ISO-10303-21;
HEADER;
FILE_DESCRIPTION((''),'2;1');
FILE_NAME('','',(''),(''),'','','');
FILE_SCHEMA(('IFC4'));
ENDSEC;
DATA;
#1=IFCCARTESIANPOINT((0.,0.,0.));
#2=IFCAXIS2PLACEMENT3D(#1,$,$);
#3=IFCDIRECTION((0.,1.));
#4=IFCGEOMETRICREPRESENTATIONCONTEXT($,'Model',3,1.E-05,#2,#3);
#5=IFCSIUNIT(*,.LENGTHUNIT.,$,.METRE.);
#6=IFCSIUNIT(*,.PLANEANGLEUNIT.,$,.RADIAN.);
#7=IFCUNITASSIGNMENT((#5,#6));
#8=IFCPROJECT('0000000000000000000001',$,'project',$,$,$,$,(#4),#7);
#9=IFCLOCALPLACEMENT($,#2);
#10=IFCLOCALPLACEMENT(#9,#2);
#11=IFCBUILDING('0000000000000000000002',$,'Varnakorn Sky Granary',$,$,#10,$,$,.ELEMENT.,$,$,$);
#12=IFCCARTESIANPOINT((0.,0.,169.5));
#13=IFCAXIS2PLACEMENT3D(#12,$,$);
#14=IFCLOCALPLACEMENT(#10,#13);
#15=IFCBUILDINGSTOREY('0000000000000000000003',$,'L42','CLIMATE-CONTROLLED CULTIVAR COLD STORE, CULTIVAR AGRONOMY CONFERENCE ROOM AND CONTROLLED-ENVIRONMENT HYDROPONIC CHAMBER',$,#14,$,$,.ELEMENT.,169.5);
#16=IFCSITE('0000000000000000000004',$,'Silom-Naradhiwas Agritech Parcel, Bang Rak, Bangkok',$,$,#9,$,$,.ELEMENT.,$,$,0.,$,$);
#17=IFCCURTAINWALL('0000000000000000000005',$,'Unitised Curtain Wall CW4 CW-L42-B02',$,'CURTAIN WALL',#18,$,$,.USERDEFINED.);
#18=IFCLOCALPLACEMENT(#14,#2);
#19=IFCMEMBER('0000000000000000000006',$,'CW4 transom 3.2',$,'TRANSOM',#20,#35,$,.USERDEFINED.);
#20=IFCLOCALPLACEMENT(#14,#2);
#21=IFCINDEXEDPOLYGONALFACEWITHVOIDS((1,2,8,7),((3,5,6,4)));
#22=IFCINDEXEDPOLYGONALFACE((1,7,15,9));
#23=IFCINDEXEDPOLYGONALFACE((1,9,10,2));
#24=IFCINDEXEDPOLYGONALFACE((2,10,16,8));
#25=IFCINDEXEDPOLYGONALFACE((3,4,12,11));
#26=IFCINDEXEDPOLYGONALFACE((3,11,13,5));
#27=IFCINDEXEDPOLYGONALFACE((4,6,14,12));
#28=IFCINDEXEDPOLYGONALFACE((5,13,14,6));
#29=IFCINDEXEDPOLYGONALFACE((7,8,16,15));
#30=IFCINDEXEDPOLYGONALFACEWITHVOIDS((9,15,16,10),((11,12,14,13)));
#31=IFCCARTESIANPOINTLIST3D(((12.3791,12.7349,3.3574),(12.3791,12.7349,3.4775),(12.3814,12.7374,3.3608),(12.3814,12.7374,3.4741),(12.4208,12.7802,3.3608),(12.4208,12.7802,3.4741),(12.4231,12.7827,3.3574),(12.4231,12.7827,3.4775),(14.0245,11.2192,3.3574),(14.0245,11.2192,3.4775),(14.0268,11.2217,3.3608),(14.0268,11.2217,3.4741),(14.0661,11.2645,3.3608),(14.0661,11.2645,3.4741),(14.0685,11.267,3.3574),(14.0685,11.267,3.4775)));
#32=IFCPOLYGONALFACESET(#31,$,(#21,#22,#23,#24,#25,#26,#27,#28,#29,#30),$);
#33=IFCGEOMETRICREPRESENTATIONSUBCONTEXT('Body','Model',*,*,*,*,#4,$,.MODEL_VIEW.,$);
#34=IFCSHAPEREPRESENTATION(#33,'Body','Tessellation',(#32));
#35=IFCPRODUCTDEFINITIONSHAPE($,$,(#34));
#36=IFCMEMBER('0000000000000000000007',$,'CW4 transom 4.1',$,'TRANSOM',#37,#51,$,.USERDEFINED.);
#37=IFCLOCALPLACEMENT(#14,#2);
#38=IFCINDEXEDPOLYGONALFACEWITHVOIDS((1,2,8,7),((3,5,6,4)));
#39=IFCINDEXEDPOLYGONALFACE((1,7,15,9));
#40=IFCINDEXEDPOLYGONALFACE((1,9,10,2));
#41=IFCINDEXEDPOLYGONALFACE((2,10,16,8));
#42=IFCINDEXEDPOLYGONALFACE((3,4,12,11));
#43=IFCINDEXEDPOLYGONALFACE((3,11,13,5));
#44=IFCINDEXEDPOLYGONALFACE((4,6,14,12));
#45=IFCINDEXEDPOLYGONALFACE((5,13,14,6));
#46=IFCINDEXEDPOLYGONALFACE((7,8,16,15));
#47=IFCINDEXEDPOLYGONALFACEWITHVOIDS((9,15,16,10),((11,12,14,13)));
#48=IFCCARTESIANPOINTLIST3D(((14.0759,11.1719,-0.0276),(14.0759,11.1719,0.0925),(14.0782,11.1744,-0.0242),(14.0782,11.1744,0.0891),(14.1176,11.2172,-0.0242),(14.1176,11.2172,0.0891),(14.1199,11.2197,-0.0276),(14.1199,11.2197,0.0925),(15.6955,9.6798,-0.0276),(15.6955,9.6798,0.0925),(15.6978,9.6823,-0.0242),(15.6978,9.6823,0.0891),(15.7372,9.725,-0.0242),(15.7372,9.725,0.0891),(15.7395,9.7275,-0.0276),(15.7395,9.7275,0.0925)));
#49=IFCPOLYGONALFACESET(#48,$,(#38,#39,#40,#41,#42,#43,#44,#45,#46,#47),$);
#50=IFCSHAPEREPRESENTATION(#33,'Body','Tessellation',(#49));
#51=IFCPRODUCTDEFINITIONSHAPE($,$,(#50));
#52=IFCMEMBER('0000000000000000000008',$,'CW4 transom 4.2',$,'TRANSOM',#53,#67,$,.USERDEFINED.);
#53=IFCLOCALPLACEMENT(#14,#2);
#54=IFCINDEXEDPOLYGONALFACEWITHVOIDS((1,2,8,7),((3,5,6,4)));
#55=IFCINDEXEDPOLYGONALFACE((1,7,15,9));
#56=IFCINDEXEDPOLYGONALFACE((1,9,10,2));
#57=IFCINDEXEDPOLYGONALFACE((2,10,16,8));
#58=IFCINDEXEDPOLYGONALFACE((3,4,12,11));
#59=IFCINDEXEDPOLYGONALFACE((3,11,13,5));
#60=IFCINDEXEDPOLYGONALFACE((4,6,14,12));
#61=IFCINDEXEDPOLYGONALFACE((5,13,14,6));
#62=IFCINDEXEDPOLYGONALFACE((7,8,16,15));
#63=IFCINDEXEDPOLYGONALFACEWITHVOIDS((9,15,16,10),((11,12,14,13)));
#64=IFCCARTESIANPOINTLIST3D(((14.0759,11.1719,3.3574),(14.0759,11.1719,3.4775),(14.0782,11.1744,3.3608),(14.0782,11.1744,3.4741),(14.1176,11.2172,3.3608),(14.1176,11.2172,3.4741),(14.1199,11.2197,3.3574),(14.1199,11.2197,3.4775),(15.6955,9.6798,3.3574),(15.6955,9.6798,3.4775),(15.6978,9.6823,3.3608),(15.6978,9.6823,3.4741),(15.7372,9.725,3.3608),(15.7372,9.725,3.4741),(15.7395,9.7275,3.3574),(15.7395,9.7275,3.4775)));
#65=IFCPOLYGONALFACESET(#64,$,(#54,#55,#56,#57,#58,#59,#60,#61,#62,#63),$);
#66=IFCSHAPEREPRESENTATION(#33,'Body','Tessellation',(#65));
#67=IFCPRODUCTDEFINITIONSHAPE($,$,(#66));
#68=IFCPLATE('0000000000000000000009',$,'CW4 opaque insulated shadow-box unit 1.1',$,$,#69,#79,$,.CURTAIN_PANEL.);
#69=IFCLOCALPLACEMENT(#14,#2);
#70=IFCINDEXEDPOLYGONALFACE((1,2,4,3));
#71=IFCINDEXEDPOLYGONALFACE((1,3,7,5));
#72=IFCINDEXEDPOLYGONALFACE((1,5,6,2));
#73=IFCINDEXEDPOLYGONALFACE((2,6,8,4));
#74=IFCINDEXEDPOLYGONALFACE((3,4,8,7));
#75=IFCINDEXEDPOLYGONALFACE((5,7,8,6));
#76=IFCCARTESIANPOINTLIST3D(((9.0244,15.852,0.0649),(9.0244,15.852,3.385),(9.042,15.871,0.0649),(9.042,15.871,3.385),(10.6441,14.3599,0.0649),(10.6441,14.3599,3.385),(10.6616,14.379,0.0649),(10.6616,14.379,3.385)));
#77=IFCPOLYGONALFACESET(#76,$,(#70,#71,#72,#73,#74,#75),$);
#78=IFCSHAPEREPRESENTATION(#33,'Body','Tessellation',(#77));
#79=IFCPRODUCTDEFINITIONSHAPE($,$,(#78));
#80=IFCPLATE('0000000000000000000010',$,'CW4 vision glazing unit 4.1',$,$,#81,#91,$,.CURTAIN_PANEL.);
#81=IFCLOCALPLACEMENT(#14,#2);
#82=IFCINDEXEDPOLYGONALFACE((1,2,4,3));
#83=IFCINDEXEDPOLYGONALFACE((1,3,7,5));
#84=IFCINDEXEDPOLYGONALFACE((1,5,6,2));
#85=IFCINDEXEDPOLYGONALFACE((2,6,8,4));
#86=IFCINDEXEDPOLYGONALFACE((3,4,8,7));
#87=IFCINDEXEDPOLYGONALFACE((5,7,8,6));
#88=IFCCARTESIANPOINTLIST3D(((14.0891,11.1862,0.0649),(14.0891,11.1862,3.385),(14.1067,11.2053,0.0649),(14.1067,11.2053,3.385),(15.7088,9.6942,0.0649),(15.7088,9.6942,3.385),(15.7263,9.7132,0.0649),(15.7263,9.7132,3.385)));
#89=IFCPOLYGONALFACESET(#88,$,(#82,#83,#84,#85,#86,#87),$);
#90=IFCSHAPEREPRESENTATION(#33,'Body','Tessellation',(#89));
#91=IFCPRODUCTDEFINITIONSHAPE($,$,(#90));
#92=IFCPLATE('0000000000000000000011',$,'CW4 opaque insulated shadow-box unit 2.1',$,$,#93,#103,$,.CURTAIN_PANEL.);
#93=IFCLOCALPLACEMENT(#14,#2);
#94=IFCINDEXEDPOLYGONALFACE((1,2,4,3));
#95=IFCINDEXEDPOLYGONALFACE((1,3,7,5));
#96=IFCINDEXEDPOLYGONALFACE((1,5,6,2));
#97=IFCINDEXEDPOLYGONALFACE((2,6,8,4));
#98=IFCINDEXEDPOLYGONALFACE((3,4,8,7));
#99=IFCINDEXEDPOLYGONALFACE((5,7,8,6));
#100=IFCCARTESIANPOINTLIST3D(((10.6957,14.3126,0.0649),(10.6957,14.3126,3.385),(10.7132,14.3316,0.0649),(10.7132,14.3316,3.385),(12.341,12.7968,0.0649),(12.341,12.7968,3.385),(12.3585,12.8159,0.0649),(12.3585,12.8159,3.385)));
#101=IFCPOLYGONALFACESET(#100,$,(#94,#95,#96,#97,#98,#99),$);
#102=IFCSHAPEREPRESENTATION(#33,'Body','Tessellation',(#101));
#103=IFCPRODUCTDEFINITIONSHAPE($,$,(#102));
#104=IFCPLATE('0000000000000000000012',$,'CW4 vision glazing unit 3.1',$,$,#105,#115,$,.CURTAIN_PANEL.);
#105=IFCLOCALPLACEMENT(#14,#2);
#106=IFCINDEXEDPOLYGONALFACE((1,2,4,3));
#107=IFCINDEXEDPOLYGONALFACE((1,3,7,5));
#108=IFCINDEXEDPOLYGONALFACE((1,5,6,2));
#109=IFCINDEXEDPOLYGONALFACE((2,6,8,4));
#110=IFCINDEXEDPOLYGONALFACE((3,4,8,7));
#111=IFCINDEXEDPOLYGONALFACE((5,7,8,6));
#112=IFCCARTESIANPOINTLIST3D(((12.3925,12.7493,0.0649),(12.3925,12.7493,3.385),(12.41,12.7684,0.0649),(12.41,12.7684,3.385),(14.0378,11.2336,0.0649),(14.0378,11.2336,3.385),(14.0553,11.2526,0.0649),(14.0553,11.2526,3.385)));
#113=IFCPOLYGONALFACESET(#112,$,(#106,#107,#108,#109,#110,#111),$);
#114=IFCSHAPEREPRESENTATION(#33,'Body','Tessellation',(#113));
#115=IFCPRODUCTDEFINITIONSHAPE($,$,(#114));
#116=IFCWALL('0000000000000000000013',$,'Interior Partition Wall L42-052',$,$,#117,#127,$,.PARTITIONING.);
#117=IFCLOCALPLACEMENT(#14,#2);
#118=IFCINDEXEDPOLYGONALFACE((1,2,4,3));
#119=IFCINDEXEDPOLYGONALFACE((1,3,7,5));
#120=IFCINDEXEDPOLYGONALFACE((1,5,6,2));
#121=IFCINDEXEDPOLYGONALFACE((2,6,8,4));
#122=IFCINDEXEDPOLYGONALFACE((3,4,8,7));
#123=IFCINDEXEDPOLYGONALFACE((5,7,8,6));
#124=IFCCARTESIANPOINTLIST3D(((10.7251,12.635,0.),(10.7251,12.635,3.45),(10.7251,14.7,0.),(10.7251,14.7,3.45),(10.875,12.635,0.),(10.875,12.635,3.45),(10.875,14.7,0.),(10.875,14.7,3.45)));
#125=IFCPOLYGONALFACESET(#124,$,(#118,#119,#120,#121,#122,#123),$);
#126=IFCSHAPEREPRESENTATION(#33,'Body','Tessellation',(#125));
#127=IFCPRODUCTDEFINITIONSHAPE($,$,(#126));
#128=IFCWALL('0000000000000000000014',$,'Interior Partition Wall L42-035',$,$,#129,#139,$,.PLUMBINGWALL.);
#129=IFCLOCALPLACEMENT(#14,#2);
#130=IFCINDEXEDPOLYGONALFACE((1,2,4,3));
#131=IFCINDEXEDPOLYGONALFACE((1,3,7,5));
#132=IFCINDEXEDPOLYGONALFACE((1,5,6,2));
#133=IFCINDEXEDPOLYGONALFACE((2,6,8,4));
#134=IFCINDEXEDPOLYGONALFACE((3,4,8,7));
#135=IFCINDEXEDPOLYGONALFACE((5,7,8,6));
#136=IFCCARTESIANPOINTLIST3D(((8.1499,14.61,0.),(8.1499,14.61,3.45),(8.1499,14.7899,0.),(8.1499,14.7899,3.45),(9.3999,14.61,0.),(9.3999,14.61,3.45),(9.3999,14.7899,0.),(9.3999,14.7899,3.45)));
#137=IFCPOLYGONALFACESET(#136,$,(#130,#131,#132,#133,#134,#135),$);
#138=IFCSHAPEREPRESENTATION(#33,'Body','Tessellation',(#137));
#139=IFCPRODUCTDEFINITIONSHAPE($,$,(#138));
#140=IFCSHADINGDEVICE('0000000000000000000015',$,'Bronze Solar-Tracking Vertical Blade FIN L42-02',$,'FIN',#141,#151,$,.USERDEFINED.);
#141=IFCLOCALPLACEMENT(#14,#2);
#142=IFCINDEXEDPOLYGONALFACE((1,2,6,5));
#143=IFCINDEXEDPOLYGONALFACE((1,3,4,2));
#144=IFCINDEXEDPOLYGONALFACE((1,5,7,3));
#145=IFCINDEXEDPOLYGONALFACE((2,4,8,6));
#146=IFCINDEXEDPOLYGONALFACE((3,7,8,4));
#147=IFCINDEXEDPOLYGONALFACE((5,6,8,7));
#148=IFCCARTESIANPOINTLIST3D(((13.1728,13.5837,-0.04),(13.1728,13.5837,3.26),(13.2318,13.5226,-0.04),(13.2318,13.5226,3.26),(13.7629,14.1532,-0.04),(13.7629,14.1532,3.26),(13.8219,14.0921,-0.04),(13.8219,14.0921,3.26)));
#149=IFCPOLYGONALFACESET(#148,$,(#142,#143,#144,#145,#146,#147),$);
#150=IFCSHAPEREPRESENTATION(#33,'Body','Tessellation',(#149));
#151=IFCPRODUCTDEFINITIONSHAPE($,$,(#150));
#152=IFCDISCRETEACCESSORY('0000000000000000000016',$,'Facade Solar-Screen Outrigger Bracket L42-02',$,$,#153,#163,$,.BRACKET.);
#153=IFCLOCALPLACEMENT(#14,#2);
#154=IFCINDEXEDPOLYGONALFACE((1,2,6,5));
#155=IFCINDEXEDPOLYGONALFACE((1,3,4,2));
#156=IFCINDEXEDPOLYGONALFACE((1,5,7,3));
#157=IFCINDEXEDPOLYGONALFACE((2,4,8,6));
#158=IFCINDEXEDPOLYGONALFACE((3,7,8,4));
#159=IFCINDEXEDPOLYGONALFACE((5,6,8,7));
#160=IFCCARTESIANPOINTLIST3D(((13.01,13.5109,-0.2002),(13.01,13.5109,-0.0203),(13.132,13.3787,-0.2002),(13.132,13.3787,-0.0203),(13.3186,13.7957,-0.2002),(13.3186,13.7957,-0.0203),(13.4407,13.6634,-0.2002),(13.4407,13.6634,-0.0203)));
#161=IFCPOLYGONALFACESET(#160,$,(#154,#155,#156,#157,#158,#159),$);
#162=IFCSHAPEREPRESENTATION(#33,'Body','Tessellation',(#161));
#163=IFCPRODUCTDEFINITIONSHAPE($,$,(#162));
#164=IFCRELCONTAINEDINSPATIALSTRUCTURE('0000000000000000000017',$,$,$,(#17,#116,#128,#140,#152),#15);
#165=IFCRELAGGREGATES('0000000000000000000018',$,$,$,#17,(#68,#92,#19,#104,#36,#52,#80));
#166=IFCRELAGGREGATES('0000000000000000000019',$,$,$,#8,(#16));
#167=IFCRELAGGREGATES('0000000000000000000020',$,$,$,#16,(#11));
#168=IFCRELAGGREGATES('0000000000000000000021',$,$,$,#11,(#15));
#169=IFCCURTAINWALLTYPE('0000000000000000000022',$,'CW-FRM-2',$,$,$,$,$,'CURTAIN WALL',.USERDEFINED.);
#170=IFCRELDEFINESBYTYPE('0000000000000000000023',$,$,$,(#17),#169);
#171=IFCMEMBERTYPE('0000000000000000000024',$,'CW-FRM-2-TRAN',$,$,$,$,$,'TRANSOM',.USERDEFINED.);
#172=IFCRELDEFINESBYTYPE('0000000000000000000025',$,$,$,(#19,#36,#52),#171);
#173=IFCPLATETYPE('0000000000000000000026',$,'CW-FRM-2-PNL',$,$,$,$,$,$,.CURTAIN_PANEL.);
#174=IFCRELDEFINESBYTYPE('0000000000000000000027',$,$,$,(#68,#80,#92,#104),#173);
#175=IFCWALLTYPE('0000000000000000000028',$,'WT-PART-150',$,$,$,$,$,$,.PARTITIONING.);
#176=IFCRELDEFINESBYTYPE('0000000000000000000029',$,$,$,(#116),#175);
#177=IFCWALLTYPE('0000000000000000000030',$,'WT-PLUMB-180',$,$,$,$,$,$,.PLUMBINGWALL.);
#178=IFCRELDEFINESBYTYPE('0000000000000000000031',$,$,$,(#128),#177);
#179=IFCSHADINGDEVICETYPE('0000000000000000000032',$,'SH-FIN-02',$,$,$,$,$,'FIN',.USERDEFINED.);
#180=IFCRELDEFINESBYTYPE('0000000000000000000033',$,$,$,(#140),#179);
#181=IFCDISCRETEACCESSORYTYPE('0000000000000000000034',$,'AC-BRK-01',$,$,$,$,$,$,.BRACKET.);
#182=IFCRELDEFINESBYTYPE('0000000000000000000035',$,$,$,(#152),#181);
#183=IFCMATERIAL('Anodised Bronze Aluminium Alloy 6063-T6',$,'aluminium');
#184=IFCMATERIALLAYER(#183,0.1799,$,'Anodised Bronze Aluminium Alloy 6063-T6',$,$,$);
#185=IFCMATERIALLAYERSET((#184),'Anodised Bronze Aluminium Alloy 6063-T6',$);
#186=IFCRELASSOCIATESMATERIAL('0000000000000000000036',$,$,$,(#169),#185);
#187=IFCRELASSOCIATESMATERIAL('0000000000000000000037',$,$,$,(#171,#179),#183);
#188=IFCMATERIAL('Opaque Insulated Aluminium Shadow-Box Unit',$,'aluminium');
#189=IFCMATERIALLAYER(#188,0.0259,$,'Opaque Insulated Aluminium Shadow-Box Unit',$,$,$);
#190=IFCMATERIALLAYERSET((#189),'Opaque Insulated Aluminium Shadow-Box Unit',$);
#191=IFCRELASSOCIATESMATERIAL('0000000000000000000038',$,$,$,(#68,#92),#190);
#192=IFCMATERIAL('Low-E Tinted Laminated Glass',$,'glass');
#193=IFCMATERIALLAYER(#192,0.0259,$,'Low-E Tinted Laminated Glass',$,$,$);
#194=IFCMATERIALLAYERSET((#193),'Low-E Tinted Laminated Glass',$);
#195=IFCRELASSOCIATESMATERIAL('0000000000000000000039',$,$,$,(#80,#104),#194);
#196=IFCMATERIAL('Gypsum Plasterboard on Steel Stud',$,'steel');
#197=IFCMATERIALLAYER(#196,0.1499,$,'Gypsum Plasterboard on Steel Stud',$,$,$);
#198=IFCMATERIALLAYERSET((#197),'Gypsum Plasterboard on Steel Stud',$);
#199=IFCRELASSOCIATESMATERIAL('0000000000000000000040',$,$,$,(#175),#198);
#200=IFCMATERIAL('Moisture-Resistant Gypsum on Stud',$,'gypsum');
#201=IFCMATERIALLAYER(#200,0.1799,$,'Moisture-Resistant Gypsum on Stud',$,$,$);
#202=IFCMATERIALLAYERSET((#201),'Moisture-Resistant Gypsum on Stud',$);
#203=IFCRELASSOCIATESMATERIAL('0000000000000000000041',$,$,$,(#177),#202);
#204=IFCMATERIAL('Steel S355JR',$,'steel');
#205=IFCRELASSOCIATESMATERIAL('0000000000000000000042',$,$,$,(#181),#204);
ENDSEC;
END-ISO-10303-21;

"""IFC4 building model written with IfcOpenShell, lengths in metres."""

from ifc_helpers import new_model, si_unit, direction, frame, frame_2d, origin, origin_2d, place, context, subcontext, project, spatial, rectangle, hollow_rectangle, extrude, source, transform, mapped, material, layer, layer_set, material_profile, profile_set, type_object, type_shapes, element, aggregate, save


model = new_model("IFC4")

# Units and contexts
model_context = context("Model", 3, precision=1e-05, world=origin(), true_north=direction((0.0, 1.0)))
body_context = subcontext(model_context, "Body", "Model", "MODEL_VIEW")
ifc_project = project(units=[si_unit("LENGTHUNIT", "METRE"), si_unit("PLANEANGLEUNIT", "RADIAN")], contexts=[model_context])

# Site, building, storey
site_placement = place(None, origin())
site = spatial("IfcSite", under=ifc_project, at=site_placement, Name="Silom-Naradhiwas Agritech Parcel, Bang Rak, Bangkok", CompositionType="ELEMENT", RefElevation=0.0)
building_placement = place(site_placement, origin())
building = spatial("IfcBuilding", under=site, at=building_placement, Name="Varnakorn Sky Granary", CompositionType="ELEMENT")
storey_placement = place(building_placement, frame((0.0, 0.0, 169.5)))
storey = spatial("IfcBuildingStorey", under=building, at=storey_placement, Name="L42", Description="CLIMATE-CONTROLLED CULTIVAR COLD STORE, CULTIVAR AGRONOMY CONFERENCE ROOM AND CONTROLLED-ENVIRONMENT HYDROPONIC CHAMBER", CompositionType="ELEMENT", Elevation=169.5)

# Shared definitions
ifc_material_1 = material(Name="Steel S355JR", Category="steel")

# Curtain wall, members, plates
ifc_material_2 = material(Name="Anodised Bronze Aluminium Alloy 6063-T6", Category="aluminium")
ifc_layer_1 = layer(ifc_material_2, 0.1799, Name="Anodised Bronze Aluminium Alloy 6063-T6")
ifc_layer_set_1 = layer_set([ifc_layer_1], Name="Anodised Bronze Aluminium Alloy 6063-T6")
curtain_wall_type = type_object("IfcCurtainWallType", Name="CW-FRM-2", ElementType="CURTAIN WALL", PredefinedType="USERDEFINED", material=ifc_layer_set_1)
curtain_wall_placement = place(storey_placement, origin())
curtain_wall = element("IfcCurtainWall", 1, at=curtain_wall_placement, inside=storey, type_object=curtain_wall_type, Name="Unitised Curtain Wall CW4 CW-L42-B02", ObjectType="CURTAIN WALL", PredefinedType="USERDEFINED")
ifc_material_profile_1 = material_profile(ifc_material_2, hollow_rectangle(XDim=0.0649, YDim=0.1201, WallThickness=0.0034, at=origin_2d()), Name="ALU TRAN 65x120")
ifc_profile_set_1 = profile_set([ifc_material_profile_1], Name="Anodised Bronze Aluminium Alloy 6063-T6")
member_type_1 = type_object("IfcMemberType", Name="CW-FRM-2-TRAN", ElementType="TRANSOM", PredefinedType="USERDEFINED", material=ifc_profile_set_1)
member_1_placement = place(storey_placement, frame((12.4011, 12.7588, 3.4175), z_axis=(0.735489, -0.677536, 0.0), x_axis=(0.677536, 0.735489, 0.0)))
member_1 = element("IfcMember", 2, at=member_1_placement, type_object=member_type_1, Name="CW4 transom 3.2", ObjectType="TRANSOM", PredefinedType="USERDEFINED", context=body_context, shape_type="SweptSolid", body=[
    extrude(hollow_rectangle(XDim=0.0649, YDim=0.1201, WallThickness=0.0034, at=origin_2d()), origin(), (0.0, 0.0, 1.0), 2.2371),
])
member_2_placement = place(storey_placement, frame((14.0979, 11.1958, 0.0325), z_axis=(0.735449, -0.67758, 0.0), x_axis=(0.67758, 0.735449, 0.0)))
member_2 = element("IfcMember", 3, at=member_2_placement, type_object=member_type_1, Name="CW4 transom 4.1", ObjectType="TRANSOM", PredefinedType="USERDEFINED", context=body_context, shape_type="SweptSolid", body=[
    extrude(hollow_rectangle(XDim=0.0649, YDim=0.1201, WallThickness=0.0034, at=origin_2d()), origin(), (0.0, 0.0, 1.0), 2.2021),
])
member_3_placement = place(storey_placement, frame((14.0979, 11.1958, 3.4175), z_axis=(0.735449, -0.67758, 0.0), x_axis=(0.67758, 0.735449, 0.0)))
member_3 = element("IfcMember", 4, at=member_3_placement, type_object=member_type_1, Name="CW4 transom 4.2", ObjectType="TRANSOM", PredefinedType="USERDEFINED", context=body_context, shape_type="SweptSolid", body=[
    extrude(hollow_rectangle(XDim=0.0649, YDim=0.1201, WallThickness=0.0034, at=origin_2d()), origin(), (0.0, 0.0, 1.0), 2.2021),
])
ifc_material_3 = material(Name="Opaque Insulated Aluminium Shadow-Box Unit", Category="aluminium")
ifc_layer_2 = layer(ifc_material_3, 0.0259, Name="Opaque Insulated Aluminium Shadow-Box Unit")
ifc_layer_set_2 = layer_set([ifc_layer_2], Name="Opaque Insulated Aluminium Shadow-Box Unit")
plate_type = type_object("IfcPlateType", Name="CW-FRM-2-PNL", PredefinedType="CURTAIN_PANEL")
shared_shape_1 = source(origin(), body_context, "Body", "SweptSolid", [
    extrude(rectangle(XDim=2.2021, YDim=0.0259, at=origin_2d()), origin(), (0.0, 0.0, 1.0), 3.3201),
])
plate_1_placement = place(storey_placement, frame((9.843, 15.1155, 0.0649), z_axis=(0.0, 0.0, 1.0), x_axis=(0.735479, -0.677548, 0.0)))
plate_1 = element("IfcPlate", 5, at=plate_1_placement, type_object=plate_type, material=ifc_layer_set_2, Name="CW4 opaque insulated shadow-box unit 1.1", PredefinedType="CURTAIN_PANEL", context=body_context, shape_type="MappedRepresentation", body=[
    mapped(shared_shape_1, transform((0.0, 0.0, 0.0), x_axis=(1.0, 0.0, 0.0), y_axis=(0.0, 1.0, 0.0), z_axis=(0.0, 0.0, 1.0), scale=1.0)),
])
ifc_material_4 = material(Name="Low-E Tinted Laminated Glass", Category="glass")
ifc_layer_3 = layer(ifc_material_4, 0.0259, Name="Low-E Tinted Laminated Glass")
ifc_layer_set_3 = layer_set([ifc_layer_3], Name="Low-E Tinted Laminated Glass")
plate_2_placement = place(storey_placement, frame((14.9077, 10.4497, 0.0649), z_axis=(0.0, 0.0, 1.0), x_axis=(0.735479, -0.677548, 0.0)))
plate_2 = element("IfcPlate", 6, at=plate_2_placement, type_object=plate_type, material=ifc_layer_set_3, Name="CW4 vision glazing unit 4.1", PredefinedType="CURTAIN_PANEL", context=body_context, shape_type="MappedRepresentation", body=[
    mapped(shared_shape_1, transform((0.0, 0.0, 0.0), x_axis=(1.0, 0.0, 0.0), y_axis=(0.0, 1.0, 0.0), z_axis=(0.0, 0.0, 1.0), scale=1.0)),
])
shared_shape_2 = source(origin(), body_context, "Body", "SweptSolid", [
    extrude(rectangle(XDim=2.2371, YDim=0.0259, at=origin_2d()), origin(), (0.0, 0.0, 1.0), 3.3201),
])
type_shapes(plate_type, [shared_shape_1, shared_shape_2])
plate_3_placement = place(storey_placement, frame((11.5271, 13.5642, 0.0649), z_axis=(0.0, 0.0, 1.0), x_axis=(0.735479, -0.677548, 0.0)))
plate_3 = element("IfcPlate", 7, at=plate_3_placement, type_object=plate_type, material=ifc_layer_set_2, Name="CW4 opaque insulated shadow-box unit 2.1", PredefinedType="CURTAIN_PANEL", context=body_context, shape_type="MappedRepresentation", body=[
    mapped(shared_shape_2, transform((0.0, 0.0, 0.0), x_axis=(1.0, 0.0, 0.0), y_axis=(0.0, 1.0, 0.0), z_axis=(0.0, 0.0, 1.0), scale=1.0)),
])
plate_4_placement = place(storey_placement, frame((13.2239, 12.001, 0.0649), z_axis=(0.0, 0.0, 1.0), x_axis=(0.735479, -0.677548, 0.0)))
plate_4 = element("IfcPlate", 8, at=plate_4_placement, type_object=plate_type, material=ifc_layer_set_3, Name="CW4 vision glazing unit 3.1", PredefinedType="CURTAIN_PANEL", context=body_context, shape_type="MappedRepresentation", body=[
    mapped(shared_shape_2, transform((0.0, 0.0, 0.0), x_axis=(1.0, 0.0, 0.0), y_axis=(0.0, 1.0, 0.0), z_axis=(0.0, 0.0, 1.0), scale=1.0)),
])
aggregate(curtain_wall, [plate_1, plate_3, member_1, plate_4, member_2, member_3, plate_2])

# Walls
ifc_material_5 = material(Name="Gypsum Plasterboard on Steel Stud", Category="steel")
ifc_layer_4 = layer(ifc_material_5, 0.1499, Name="Gypsum Plasterboard on Steel Stud")
ifc_layer_set_4 = layer_set([ifc_layer_4], Name="Gypsum Plasterboard on Steel Stud")
wall_type_1 = type_object("IfcWallType", Name="WT-PART-150", PredefinedType="PARTITIONING", material=ifc_layer_set_4)
wall_1_placement = place(storey_placement, frame((10.8, 12.635, 0.0), z_axis=(0.0, 0.0, 1.0), x_axis=(0.0, 1.0, 0.0)))
element("IfcWall", 9, at=wall_1_placement, inside=storey, type_object=wall_type_1, Name="Interior Partition Wall L42-052", PredefinedType="PARTITIONING", context=body_context, shape_type="SweptSolid", body=[
    extrude(rectangle(XDim=2.0649, YDim=0.1499, at=frame_2d((1.0325, 0.0))), origin(), (0.0, 0.0, 1.0), 3.45),
])
ifc_material_6 = material(Name="Moisture-Resistant Gypsum on Stud", Category="gypsum")
ifc_layer_5 = layer(ifc_material_6, 0.1799, Name="Moisture-Resistant Gypsum on Stud")
ifc_layer_set_5 = layer_set([ifc_layer_5], Name="Moisture-Resistant Gypsum on Stud")
wall_type_2 = type_object("IfcWallType", Name="WT-PLUMB-180", PredefinedType="PLUMBINGWALL", material=ifc_layer_set_5)
wall_2_placement = place(storey_placement, frame((9.3999, 14.7, 0.0), z_axis=(0.0, 0.0, 1.0), x_axis=(-1.0, 0.0, 0.0)))
element("IfcWall", 10, at=wall_2_placement, inside=storey, type_object=wall_type_2, Name="Interior Partition Wall L42-035", PredefinedType="PLUMBINGWALL", context=body_context, shape_type="SweptSolid", body=[
    extrude(rectangle(XDim=1.25, YDim=0.1799, at=frame_2d((0.625, 0.0))), origin(), (0.0, 0.0, 1.0), 3.45),
])

# Shading device
shading_device_type = type_object("IfcShadingDeviceType", Name="SH-FIN-02", ElementType="FIN", PredefinedType="USERDEFINED", material=ifc_material_2)
shared_shape_3 = source(origin(), body_context, "Body", "SweptSolid", [
    extrude(rectangle(XDim=0.085, YDim=0.8201, at=origin_2d()), origin(), (0.0, 0.0, 1.0), 3.3),
])
type_shapes(shading_device_type, [shared_shape_3])
shading_device_placement = place(storey_placement, frame((13.4973, 13.8379, -0.04), z_axis=(0.0, 0.0, 1.0), x_axis=(-0.694435, 0.719555, 0.0)))
element("IfcShadingDevice", 11, at=shading_device_placement, inside=storey, type_object=shading_device_type, Name="Bronze Solar-Tracking Vertical Blade FIN L42-02", ObjectType="FIN", PredefinedType="USERDEFINED", context=body_context, shape_type="MappedRepresentation", body=[
    mapped(shared_shape_3, transform((0.0, 0.0, 0.0), x_axis=(1.0, 0.0, 0.0), y_axis=(0.0, 1.0, 0.0), z_axis=(0.0, 0.0, 1.0), scale=1.0)),
])

# Discrete accessory
discrete_accessory_type = type_object("IfcDiscreteAccessoryType", Name="AC-BRK-01", PredefinedType="BRACKET", material=ifc_material_1)
shared_shape_4 = source(origin(), body_context, "Body", "SweptSolid", [
    extrude(rectangle(XDim=0.1799, YDim=0.4199, at=origin_2d()), origin(), (0.0, 0.0, 1.0), 0.1799),
])
type_shapes(discrete_accessory_type, [shared_shape_4])
discrete_accessory_placement = place(storey_placement, frame((13.2253, 13.5872, -0.2002), z_axis=(0.0, 0.0, 1.0), x_axis=(-0.678132, 0.73494, 0.0)))
element("IfcDiscreteAccessory", 12, at=discrete_accessory_placement, inside=storey, type_object=discrete_accessory_type, Name="Facade Solar-Screen Outrigger Bracket L42-02", PredefinedType="BRACKET", context=body_context, shape_type="MappedRepresentation", body=[
    mapped(shared_shape_4, transform((0.0, 0.0, 0.0), x_axis=(1.0, 0.0, 0.0), y_axis=(0.0, 1.0, 0.0), z_axis=(0.0, 0.0, 1.0), scale=1.0)),
])

save(model, "model.ifc")
